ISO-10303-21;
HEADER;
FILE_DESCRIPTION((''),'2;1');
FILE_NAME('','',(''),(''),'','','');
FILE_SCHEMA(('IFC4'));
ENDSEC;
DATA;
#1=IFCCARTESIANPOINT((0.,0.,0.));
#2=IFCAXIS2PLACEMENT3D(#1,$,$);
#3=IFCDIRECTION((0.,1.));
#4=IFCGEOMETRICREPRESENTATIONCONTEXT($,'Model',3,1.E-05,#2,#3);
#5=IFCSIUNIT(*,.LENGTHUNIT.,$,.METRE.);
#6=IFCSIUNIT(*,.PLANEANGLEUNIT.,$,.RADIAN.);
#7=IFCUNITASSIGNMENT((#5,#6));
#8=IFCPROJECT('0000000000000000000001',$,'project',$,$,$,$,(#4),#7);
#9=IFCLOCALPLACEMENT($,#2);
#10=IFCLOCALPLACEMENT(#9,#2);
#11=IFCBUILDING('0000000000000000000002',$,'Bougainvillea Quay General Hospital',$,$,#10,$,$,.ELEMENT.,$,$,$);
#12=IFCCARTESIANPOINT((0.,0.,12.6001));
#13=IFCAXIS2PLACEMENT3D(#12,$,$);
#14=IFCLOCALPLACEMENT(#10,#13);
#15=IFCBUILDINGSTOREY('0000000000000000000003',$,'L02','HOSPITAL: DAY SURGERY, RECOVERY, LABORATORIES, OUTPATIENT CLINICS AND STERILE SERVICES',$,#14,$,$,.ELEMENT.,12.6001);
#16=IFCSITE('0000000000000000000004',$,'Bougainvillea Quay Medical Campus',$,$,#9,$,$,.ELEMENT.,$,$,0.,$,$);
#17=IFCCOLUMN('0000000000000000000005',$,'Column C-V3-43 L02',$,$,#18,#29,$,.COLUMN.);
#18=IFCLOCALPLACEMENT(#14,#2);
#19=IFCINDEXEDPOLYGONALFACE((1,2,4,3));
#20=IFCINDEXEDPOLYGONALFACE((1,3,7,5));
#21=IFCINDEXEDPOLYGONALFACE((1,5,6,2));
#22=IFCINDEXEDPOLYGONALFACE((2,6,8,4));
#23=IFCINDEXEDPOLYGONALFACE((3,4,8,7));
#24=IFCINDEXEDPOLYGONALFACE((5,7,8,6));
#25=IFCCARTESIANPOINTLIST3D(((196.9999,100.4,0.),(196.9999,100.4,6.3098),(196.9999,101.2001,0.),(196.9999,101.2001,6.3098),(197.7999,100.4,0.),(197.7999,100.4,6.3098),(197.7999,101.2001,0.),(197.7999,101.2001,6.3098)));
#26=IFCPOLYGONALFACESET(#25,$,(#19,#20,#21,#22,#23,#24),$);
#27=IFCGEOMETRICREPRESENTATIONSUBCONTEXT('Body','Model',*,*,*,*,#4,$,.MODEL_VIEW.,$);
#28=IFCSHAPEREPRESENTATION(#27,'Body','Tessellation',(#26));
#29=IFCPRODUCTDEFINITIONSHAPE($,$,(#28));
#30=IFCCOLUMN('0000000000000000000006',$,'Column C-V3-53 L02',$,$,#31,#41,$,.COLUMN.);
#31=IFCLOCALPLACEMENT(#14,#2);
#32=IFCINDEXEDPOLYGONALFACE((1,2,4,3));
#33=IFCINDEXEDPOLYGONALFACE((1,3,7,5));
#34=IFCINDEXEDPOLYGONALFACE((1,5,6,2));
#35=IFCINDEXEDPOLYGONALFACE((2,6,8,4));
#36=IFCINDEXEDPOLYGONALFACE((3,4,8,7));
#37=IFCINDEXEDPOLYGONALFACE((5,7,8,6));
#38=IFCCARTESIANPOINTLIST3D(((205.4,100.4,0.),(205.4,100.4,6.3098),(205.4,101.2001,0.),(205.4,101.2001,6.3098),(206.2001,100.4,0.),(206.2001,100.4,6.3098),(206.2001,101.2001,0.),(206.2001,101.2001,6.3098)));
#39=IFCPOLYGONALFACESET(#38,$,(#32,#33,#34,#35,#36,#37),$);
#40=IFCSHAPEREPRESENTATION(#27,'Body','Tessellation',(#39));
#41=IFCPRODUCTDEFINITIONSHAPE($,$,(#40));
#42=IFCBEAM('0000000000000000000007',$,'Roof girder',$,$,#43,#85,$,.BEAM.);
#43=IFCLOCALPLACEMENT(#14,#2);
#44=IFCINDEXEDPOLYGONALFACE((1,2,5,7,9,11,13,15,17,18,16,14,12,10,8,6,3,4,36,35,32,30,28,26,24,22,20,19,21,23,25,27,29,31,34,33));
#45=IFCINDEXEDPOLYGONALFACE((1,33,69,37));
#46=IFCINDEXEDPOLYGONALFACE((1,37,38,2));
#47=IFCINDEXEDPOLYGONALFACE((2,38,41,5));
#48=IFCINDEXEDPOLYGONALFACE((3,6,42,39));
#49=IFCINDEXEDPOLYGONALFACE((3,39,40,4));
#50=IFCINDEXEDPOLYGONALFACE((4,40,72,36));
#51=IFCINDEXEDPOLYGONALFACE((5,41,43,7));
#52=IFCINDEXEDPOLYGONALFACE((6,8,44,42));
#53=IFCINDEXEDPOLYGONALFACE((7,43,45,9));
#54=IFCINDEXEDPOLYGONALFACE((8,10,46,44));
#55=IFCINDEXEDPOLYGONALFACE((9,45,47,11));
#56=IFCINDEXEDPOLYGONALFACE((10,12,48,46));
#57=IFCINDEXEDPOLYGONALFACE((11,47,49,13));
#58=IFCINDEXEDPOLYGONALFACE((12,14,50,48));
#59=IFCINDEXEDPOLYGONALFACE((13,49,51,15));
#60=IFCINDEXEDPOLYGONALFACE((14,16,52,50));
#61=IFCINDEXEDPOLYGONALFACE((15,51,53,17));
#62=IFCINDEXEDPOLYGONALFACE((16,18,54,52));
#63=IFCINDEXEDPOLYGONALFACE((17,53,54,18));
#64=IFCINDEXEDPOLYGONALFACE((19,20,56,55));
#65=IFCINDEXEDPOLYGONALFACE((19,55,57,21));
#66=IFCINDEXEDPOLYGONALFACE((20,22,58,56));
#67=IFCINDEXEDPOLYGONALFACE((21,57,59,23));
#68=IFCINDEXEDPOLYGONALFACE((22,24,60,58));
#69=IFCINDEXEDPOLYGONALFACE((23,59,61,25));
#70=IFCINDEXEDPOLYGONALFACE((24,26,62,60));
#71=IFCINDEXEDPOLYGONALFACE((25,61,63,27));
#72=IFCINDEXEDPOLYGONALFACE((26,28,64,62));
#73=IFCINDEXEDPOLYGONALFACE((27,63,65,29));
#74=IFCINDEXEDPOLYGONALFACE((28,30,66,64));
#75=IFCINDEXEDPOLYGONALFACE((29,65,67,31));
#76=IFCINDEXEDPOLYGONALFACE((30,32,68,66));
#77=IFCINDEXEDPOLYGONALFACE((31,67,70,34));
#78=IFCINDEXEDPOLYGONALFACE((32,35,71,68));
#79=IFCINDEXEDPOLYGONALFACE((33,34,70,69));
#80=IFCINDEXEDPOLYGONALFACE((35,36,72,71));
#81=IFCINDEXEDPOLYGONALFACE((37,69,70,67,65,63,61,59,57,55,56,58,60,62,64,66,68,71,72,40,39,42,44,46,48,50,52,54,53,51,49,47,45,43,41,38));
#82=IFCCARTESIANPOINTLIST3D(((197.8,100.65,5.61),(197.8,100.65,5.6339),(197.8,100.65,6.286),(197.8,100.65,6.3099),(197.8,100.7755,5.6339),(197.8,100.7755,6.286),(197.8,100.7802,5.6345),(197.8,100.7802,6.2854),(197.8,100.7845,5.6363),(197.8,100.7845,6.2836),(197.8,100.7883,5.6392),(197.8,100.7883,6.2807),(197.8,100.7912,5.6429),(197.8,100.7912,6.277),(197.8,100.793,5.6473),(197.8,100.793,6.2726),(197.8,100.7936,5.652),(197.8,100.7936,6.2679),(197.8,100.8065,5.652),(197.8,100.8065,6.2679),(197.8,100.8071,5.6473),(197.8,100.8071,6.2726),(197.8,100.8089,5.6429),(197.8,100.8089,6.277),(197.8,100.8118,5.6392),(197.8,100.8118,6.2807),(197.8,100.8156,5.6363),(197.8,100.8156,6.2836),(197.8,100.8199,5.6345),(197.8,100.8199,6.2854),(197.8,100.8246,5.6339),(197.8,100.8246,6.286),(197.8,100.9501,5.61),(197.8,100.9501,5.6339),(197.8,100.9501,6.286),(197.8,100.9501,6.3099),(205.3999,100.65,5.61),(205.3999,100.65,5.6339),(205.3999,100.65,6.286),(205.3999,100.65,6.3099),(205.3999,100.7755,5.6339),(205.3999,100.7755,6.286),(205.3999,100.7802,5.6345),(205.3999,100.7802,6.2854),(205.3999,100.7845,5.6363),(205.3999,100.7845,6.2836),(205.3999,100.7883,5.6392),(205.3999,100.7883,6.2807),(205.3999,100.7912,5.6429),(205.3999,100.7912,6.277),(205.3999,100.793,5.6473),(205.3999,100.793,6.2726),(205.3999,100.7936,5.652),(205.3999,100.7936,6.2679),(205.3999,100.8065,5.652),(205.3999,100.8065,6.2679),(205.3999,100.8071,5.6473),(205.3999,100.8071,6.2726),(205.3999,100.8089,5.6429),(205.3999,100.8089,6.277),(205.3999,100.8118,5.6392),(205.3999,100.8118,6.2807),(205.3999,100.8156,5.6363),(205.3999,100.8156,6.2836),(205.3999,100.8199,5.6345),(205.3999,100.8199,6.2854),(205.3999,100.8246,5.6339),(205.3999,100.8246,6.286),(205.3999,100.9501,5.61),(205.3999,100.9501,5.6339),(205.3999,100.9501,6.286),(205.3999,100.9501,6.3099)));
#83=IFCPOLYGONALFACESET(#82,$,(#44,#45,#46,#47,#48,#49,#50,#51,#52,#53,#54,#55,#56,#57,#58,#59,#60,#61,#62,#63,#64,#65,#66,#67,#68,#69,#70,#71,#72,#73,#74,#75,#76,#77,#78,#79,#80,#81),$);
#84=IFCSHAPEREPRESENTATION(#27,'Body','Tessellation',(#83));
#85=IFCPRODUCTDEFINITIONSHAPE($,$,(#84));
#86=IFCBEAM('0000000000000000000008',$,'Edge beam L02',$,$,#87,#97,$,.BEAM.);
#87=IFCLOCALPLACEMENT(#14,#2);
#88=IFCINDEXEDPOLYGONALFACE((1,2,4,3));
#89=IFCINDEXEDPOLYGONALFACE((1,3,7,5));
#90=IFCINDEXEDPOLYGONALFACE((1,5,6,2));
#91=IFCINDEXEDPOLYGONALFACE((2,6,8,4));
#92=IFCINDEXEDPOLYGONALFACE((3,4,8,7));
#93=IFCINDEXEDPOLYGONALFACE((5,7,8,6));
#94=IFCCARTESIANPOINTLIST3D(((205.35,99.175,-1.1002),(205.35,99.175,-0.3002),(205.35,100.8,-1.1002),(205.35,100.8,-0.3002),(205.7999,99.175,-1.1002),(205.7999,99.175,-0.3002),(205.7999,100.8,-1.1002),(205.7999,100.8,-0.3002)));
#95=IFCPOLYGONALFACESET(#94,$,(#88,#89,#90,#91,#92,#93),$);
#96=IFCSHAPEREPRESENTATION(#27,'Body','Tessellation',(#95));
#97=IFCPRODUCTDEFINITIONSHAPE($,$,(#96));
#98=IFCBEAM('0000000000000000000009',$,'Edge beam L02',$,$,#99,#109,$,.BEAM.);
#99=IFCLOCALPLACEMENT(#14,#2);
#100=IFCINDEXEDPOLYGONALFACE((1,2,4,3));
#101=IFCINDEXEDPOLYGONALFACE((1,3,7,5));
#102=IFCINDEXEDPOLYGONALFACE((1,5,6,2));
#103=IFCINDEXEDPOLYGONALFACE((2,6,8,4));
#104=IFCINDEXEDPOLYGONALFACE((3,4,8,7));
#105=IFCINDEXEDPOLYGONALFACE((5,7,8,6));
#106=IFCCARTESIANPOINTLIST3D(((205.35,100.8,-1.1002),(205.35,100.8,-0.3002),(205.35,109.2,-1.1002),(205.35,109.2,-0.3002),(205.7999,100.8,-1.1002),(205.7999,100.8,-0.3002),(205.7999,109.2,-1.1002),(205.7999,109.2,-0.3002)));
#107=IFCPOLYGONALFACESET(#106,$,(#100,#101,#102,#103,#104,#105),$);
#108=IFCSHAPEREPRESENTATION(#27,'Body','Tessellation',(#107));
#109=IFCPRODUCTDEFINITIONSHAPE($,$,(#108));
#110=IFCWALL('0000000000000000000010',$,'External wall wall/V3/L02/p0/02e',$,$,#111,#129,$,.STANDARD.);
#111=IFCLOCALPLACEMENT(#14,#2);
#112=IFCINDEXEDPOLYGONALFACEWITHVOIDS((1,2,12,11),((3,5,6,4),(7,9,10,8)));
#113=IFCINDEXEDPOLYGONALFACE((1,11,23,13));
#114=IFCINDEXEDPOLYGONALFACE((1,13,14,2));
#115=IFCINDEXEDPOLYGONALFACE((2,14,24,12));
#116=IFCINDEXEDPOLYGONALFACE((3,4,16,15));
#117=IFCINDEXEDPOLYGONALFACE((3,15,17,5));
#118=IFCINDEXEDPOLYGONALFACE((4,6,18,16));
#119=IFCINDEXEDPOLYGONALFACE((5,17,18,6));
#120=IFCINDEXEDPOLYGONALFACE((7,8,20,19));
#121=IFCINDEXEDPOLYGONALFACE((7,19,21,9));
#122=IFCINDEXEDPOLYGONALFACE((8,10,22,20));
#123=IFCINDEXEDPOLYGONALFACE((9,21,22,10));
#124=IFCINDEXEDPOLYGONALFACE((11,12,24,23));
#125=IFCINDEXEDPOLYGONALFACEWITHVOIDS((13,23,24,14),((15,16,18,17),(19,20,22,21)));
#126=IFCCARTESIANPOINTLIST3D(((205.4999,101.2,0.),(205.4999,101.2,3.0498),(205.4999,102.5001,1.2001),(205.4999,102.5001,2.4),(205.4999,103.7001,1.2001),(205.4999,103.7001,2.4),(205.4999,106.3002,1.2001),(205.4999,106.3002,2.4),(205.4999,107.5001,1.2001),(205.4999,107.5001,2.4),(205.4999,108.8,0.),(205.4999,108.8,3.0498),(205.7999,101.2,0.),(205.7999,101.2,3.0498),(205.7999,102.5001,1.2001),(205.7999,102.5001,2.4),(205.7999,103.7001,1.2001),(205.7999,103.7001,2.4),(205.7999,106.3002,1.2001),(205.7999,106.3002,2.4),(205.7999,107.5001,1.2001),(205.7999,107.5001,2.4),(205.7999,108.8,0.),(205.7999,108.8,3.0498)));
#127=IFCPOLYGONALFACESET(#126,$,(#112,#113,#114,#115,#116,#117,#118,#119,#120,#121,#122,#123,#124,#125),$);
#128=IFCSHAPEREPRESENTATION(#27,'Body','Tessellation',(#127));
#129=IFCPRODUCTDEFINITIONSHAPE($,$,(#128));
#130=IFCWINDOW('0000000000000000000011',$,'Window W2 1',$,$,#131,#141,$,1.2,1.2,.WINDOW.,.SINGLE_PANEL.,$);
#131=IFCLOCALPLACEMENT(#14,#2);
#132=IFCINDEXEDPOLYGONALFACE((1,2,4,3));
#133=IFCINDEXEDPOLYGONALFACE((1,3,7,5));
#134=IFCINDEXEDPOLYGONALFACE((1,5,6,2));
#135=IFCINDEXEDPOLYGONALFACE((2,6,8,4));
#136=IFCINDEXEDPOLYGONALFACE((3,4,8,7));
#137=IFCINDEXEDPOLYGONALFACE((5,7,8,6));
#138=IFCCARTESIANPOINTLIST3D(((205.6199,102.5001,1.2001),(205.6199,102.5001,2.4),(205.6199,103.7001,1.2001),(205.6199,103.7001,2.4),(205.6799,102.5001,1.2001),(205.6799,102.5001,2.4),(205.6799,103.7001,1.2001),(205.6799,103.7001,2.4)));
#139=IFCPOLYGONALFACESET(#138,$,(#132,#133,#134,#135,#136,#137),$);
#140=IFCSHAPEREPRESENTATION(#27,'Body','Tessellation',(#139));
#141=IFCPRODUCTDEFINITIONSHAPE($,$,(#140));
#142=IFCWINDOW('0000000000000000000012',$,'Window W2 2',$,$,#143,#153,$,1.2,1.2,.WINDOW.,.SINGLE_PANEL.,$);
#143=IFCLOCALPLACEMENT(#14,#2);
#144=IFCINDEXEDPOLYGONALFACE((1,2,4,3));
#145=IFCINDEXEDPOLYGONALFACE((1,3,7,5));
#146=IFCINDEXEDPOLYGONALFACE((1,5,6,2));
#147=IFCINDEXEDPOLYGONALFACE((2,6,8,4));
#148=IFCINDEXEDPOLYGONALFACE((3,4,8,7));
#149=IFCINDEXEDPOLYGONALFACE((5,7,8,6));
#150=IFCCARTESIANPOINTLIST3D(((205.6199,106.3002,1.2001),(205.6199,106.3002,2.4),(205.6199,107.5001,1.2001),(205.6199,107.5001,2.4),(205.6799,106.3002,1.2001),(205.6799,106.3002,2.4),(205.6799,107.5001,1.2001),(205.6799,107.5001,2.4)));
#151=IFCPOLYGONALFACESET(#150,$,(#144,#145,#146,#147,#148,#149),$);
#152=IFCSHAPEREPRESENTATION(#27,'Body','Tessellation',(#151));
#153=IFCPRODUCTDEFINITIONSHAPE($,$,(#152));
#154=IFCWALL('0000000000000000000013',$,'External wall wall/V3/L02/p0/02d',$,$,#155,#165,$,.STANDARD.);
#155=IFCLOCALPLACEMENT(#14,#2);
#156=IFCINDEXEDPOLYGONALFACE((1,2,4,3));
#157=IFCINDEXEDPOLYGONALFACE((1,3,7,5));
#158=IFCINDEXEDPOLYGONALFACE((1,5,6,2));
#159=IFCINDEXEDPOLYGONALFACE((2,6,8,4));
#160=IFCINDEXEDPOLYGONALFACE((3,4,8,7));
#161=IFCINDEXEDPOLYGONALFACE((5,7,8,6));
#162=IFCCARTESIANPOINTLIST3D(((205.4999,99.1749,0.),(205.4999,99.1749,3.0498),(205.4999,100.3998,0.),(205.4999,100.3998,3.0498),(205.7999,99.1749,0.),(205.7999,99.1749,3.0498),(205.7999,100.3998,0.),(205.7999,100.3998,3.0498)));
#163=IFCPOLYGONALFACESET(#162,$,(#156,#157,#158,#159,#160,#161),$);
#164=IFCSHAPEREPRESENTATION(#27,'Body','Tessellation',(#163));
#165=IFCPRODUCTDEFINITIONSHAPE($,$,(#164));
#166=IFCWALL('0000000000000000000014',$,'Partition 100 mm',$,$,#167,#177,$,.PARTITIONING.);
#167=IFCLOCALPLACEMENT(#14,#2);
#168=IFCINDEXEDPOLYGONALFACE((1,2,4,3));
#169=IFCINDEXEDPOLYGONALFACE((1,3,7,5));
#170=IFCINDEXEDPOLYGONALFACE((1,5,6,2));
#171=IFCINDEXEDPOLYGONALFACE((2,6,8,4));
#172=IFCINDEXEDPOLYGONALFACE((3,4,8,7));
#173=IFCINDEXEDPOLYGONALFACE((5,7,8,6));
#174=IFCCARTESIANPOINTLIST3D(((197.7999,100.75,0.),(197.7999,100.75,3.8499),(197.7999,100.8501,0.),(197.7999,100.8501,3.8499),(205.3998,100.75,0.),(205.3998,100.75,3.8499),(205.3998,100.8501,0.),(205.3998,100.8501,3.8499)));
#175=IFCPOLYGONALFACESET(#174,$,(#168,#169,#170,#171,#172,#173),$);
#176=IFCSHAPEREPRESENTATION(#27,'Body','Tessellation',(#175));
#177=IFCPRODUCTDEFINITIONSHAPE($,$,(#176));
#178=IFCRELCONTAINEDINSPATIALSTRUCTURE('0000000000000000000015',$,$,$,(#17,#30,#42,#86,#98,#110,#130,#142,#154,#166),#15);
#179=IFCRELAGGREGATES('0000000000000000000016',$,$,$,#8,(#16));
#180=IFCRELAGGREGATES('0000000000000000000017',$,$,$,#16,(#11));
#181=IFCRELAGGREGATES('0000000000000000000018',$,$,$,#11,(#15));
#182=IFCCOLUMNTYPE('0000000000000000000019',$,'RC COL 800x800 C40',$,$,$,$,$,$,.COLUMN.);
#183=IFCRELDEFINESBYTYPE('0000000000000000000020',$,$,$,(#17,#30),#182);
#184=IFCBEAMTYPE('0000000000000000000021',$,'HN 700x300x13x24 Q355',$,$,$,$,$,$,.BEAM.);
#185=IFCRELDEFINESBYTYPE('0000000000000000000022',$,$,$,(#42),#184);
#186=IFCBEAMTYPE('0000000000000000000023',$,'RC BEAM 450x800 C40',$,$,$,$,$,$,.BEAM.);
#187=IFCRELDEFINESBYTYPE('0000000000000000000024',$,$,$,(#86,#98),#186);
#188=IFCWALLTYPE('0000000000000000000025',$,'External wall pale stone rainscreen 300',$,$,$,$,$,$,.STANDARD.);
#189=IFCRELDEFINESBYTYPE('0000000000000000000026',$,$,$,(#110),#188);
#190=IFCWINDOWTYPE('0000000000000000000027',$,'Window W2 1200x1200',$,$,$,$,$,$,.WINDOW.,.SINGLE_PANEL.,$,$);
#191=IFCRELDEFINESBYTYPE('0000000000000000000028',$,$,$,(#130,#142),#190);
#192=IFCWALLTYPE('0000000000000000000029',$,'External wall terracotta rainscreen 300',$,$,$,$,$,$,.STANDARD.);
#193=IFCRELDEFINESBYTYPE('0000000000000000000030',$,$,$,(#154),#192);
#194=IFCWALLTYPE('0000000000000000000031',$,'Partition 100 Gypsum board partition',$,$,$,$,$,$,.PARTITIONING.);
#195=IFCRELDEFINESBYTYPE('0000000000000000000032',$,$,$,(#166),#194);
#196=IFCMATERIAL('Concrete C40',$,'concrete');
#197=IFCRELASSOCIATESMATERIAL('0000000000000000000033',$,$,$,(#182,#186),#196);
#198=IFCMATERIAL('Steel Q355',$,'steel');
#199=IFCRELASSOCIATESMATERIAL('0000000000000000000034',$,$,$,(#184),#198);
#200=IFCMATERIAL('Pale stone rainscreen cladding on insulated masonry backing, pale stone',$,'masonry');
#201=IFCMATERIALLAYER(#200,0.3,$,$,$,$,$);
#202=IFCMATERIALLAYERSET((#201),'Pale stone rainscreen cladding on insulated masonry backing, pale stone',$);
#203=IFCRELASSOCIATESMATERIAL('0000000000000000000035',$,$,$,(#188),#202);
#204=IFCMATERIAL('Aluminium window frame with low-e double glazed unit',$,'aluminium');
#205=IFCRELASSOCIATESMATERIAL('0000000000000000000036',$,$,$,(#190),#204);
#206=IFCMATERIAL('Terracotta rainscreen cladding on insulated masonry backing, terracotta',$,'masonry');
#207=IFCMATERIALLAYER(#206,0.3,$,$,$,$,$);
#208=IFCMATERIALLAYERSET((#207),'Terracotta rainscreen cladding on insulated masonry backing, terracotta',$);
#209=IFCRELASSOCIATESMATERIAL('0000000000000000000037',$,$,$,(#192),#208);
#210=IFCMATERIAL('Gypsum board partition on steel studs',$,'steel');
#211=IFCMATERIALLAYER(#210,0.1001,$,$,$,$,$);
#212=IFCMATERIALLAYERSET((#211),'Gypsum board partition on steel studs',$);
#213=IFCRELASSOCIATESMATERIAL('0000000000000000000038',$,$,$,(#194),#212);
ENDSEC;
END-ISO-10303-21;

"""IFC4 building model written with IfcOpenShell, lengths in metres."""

from ifc_helpers import new_model, si_unit, direction, frame, frame_2d, origin, origin_2d, place, context, subcontext, project, spatial, rectangle, i_section, extrude, material, layer, layer_set, material_profile, profile_set, type_object, element, fill, save


model = new_model("IFC4")

# Units and contexts
model_context = context("Model", 3, precision=1e-05, world=origin(), true_north=direction((0.0, 1.0)))
body_context = subcontext(model_context, "Body", "Model", "MODEL_VIEW")
ifc_project = project(units=[si_unit("LENGTHUNIT", "METRE"), si_unit("PLANEANGLEUNIT", "RADIAN")], contexts=[model_context])

# Site, building, storey
site_placement = place(None, origin())
site = spatial("IfcSite", under=ifc_project, at=site_placement, Name="Bougainvillea Quay Medical Campus", CompositionType="ELEMENT", RefElevation=0.0)
building_placement = place(site_placement, origin())
building = spatial("IfcBuilding", under=site, at=building_placement, Name="Bougainvillea Quay General Hospital", CompositionType="ELEMENT")
storey_placement = place(building_placement, frame((0.0, 0.0, 12.6001)))
storey = spatial("IfcBuildingStorey", under=building, at=storey_placement, Name="L02", Description="HOSPITAL: DAY SURGERY, RECOVERY, LABORATORIES, OUTPATIENT CLINICS AND STERILE SERVICES", CompositionType="ELEMENT", Elevation=12.6001)

# Columns
ifc_material_1 = material(Name="Concrete C40", Category="concrete")
ifc_material_profile_1 = material_profile(ifc_material_1, rectangle(XDim=0.8, YDim=0.8, at=origin_2d()))
ifc_profile_set_1 = profile_set([ifc_material_profile_1], Name="Concrete C40")
column_type = type_object("IfcColumnType", Name="RC COL 800x800 C40", PredefinedType="COLUMN", material=ifc_profile_set_1)
for number, where, z_axis, x_axis, name in (
    (1, (197.3999, 100.8, 0.0), (0.0, 0.0, 1.0), (1.0, 0.0, 0.0), "Column C-V3-43 L02"),
    (2, (205.8, 100.8, 0.0), (0.0, 0.0, 1.0), (1.0, 0.0, 0.0), "Column C-V3-53 L02"),
):
    element("IfcColumn", number, at=place(storey_placement, frame(where, z_axis=z_axis, x_axis=x_axis)), inside=storey, type_object=column_type, Name=name, PredefinedType="COLUMN", context=body_context, shape_type="SweptSolid", body=[
        extrude(rectangle(XDim=0.8, YDim=0.8, at=origin_2d()), origin(), (0.0, 0.0, 1.0), 6.3098),
    ])

# Beams
ifc_material_2 = material(Name="Steel Q355", Category="steel")
ifc_material_profile_2 = material_profile(ifc_material_2, i_section(OverallWidth=0.3, OverallDepth=0.7, WebThickness=0.0129, FlangeThickness=0.0239, FilletRadius=0.0181, at=origin_2d()))
ifc_profile_set_2 = profile_set([ifc_material_profile_2], Name="Steel Q355")
beam_type_1 = type_object("IfcBeamType", Name="HN 700x300x13x24 Q355", PredefinedType="BEAM", material=ifc_profile_set_2)
beam_1_placement = place(storey_placement, frame((197.8, 100.8, 5.96), z_axis=(1.0, 0.0, 0.0), x_axis=(0.0, 1.0, 0.0)))
element("IfcBeam", 3, at=beam_1_placement, inside=storey, type_object=beam_type_1, Name="Roof girder", PredefinedType="BEAM", context=body_context, shape_type="SweptSolid", body=[
    extrude(i_section(OverallWidth=0.3, OverallDepth=0.7, WebThickness=0.0129, FlangeThickness=0.0239, FilletRadius=0.0181, at=origin_2d()), origin(), (0.0, 0.0, 1.0), 7.5999),
])
ifc_material_profile_3 = material_profile(ifc_material_1, rectangle(XDim=0.45, YDim=0.8, at=origin_2d()))
ifc_profile_set_3 = profile_set([ifc_material_profile_3], Name="Concrete C40")
beam_type_2 = type_object("IfcBeamType", Name="RC BEAM 450x800 C40", PredefinedType="BEAM", material=ifc_profile_set_3)
beam_2_placement = place(storey_placement, frame((205.575, 99.175, -0.7002), z_axis=(0.0, 1.0, 0.0), x_axis=(-1.0, 0.0, 0.0)))
element("IfcBeam", 4, at=beam_2_placement, inside=storey, type_object=beam_type_2, Name="Edge beam L02", PredefinedType="BEAM", context=body_context, shape_type="SweptSolid", body=[
    extrude(rectangle(XDim=0.45, YDim=0.8, at=origin_2d()), origin(), (0.0, 0.0, 1.0), 1.625),
])
beam_3_placement = place(storey_placement, frame((205.575, 100.8, -0.7002), z_axis=(0.0, 1.0, 0.0), x_axis=(-1.0, 0.0, 0.0)))
element("IfcBeam", 5, at=beam_3_placement, inside=storey, type_object=beam_type_2, Name="Edge beam L02", PredefinedType="BEAM", context=body_context, shape_type="SweptSolid", body=[
    extrude(rectangle(XDim=0.45, YDim=0.8, at=origin_2d()), origin(), (0.0, 0.0, 1.0), 8.3999),
])

# Wall, openings, windows
ifc_material_3 = material(Name="Pale stone rainscreen cladding on insulated masonry backing, pale stone", Category="masonry")
ifc_layer_1 = layer(ifc_material_3, 0.3)
ifc_layer_set_1 = layer_set([ifc_layer_1], Name="Pale stone rainscreen cladding on insulated masonry backing, pale stone")
wall_type_1 = type_object("IfcWallType", Name="External wall pale stone rainscreen 300", PredefinedType="STANDARD", material=ifc_layer_set_1)
wall_1_placement = place(storey_placement, frame((205.6499, 101.2, 0.0), z_axis=(0.0, 0.0, 1.0), x_axis=(0.0, 1.0, 0.0)))
wall_1 = element("IfcWall", 6, at=wall_1_placement, inside=storey, type_object=wall_type_1, Name="External wall wall/V3/L02/p0/02e", PredefinedType="STANDARD", context=body_context, shape_type="SweptSolid", body=[
    extrude(rectangle(XDim=7.6001, YDim=0.3, at=frame_2d((3.8, 0.0))), origin(), (0.0, 0.0, 1.0), 3.0498),
])
opening_1_placement = place(wall_1_placement, frame((1.3, 0.0, 1.2)))
opening_1 = element("IfcOpeningElement", 7, at=opening_1_placement, cuts=wall_1, PredefinedType="OPENING", context=body_context, shape_type="SweptSolid", body=[
    extrude(rectangle(XDim=1.2, YDim=1.2, at=frame_2d((0.6001, 0.6001))), frame((0.0, 0.1599, 0.0), z_axis=(0.0, -1.0, 0.0), x_axis=(1.0, 0.0, 0.0)), (0.0, 0.0, 1.0), 0.3201),
])
opening_2_placement = place(wall_1_placement, frame((5.1001, 0.0, 1.2)))
opening_2 = element("IfcOpeningElement", 8, at=opening_2_placement, cuts=wall_1, PredefinedType="OPENING", context=body_context, shape_type="SweptSolid", body=[
    extrude(rectangle(XDim=1.2, YDim=1.2, at=frame_2d((0.6001, 0.6001))), frame((0.0, 0.1599, 0.0), z_axis=(0.0, -1.0, 0.0), x_axis=(1.0, 0.0, 0.0)), (0.0, 0.0, 1.0), 0.3201),
])
ifc_material_4 = material(Name="Aluminium window frame with low-e double glazed unit", Category="aluminium")
window_type = type_object("IfcWindowType", Name="Window W2 1200x1200", PartitioningType="SINGLE_PANEL", PredefinedType="WINDOW", material=ifc_material_4)
window_1_placement = place(opening_1_placement, origin())
window_1 = element("IfcWindow", 9, at=window_1_placement, inside=storey, type_object=window_type, Name="Window W2 1", OverallHeight=1.2, OverallWidth=1.2, PartitioningType="SINGLE_PANEL", PredefinedType="WINDOW", context=body_context, shape_type="SweptSolid", body=[
    extrude(rectangle(XDim=1.2, YDim=1.2, at=frame_2d((0.6001, 0.6001))), frame((0.0, 0.03, 0.0), z_axis=(0.0, -1.0, 0.0), x_axis=(1.0, 0.0, 0.0)), (0.0, 0.0, 1.0), 0.0601),
])
fill(opening_1, window_1)
window_2_placement = place(opening_2_placement, origin())
window_2 = element("IfcWindow", 10, at=window_2_placement, inside=storey, type_object=window_type, Name="Window W2 2", OverallHeight=1.2, OverallWidth=1.2, PartitioningType="SINGLE_PANEL", PredefinedType="WINDOW", context=body_context, shape_type="SweptSolid", body=[
    extrude(rectangle(XDim=1.2, YDim=1.2, at=frame_2d((0.6001, 0.6001))), frame((0.0, 0.03, 0.0), z_axis=(0.0, -1.0, 0.0), x_axis=(1.0, 0.0, 0.0)), (0.0, 0.0, 1.0), 0.0601),
])
fill(opening_2, window_2)

# Walls
ifc_material_5 = material(Name="Terracotta rainscreen cladding on insulated masonry backing, terracotta", Category="masonry")
ifc_layer_2 = layer(ifc_material_5, 0.3)
ifc_layer_set_2 = layer_set([ifc_layer_2], Name="Terracotta rainscreen cladding on insulated masonry backing, terracotta")
wall_type_2 = type_object("IfcWallType", Name="External wall terracotta rainscreen 300", PredefinedType="STANDARD", material=ifc_layer_set_2)
wall_2_placement = place(storey_placement, frame((205.6499, 99.175, 0.0), z_axis=(0.0, 0.0, 1.0), x_axis=(0.0, 1.0, 0.0)))
element("IfcWall", 11, at=wall_2_placement, inside=storey, type_object=wall_type_2, Name="External wall wall/V3/L02/p0/02d", PredefinedType="STANDARD", context=body_context, shape_type="SweptSolid", body=[
    extrude(rectangle(XDim=1.2249, YDim=0.3, at=frame_2d((0.6123, 0.0))), origin(), (0.0, 0.0, 1.0), 3.0498),
])
ifc_material_6 = material(Name="Gypsum board partition on steel studs", Category="steel")
ifc_layer_3 = layer(ifc_material_6, 0.1001)
ifc_layer_set_3 = layer_set([ifc_layer_3], Name="Gypsum board partition on steel studs")
wall_type_3 = type_object("IfcWallType", Name="Partition 100 Gypsum board partition", PredefinedType="PARTITIONING", material=ifc_layer_set_3)
wall_3_placement = place(storey_placement, frame((197.8, 100.8, 0.0), z_axis=(0.0, 0.0, 1.0), x_axis=(1.0, 0.0, 0.0)))
element("IfcWall", 12, at=wall_3_placement, inside=storey, type_object=wall_type_3, Name="Partition 100 mm", PredefinedType="PARTITIONING", context=body_context, shape_type="SweptSolid", body=[
    extrude(rectangle(XDim=7.5999, YDim=0.1001, at=frame_2d((3.7998, 0.0))), origin(), (0.0, 0.0, 1.0), 3.8499),
])

save(model, "model.ifc")
